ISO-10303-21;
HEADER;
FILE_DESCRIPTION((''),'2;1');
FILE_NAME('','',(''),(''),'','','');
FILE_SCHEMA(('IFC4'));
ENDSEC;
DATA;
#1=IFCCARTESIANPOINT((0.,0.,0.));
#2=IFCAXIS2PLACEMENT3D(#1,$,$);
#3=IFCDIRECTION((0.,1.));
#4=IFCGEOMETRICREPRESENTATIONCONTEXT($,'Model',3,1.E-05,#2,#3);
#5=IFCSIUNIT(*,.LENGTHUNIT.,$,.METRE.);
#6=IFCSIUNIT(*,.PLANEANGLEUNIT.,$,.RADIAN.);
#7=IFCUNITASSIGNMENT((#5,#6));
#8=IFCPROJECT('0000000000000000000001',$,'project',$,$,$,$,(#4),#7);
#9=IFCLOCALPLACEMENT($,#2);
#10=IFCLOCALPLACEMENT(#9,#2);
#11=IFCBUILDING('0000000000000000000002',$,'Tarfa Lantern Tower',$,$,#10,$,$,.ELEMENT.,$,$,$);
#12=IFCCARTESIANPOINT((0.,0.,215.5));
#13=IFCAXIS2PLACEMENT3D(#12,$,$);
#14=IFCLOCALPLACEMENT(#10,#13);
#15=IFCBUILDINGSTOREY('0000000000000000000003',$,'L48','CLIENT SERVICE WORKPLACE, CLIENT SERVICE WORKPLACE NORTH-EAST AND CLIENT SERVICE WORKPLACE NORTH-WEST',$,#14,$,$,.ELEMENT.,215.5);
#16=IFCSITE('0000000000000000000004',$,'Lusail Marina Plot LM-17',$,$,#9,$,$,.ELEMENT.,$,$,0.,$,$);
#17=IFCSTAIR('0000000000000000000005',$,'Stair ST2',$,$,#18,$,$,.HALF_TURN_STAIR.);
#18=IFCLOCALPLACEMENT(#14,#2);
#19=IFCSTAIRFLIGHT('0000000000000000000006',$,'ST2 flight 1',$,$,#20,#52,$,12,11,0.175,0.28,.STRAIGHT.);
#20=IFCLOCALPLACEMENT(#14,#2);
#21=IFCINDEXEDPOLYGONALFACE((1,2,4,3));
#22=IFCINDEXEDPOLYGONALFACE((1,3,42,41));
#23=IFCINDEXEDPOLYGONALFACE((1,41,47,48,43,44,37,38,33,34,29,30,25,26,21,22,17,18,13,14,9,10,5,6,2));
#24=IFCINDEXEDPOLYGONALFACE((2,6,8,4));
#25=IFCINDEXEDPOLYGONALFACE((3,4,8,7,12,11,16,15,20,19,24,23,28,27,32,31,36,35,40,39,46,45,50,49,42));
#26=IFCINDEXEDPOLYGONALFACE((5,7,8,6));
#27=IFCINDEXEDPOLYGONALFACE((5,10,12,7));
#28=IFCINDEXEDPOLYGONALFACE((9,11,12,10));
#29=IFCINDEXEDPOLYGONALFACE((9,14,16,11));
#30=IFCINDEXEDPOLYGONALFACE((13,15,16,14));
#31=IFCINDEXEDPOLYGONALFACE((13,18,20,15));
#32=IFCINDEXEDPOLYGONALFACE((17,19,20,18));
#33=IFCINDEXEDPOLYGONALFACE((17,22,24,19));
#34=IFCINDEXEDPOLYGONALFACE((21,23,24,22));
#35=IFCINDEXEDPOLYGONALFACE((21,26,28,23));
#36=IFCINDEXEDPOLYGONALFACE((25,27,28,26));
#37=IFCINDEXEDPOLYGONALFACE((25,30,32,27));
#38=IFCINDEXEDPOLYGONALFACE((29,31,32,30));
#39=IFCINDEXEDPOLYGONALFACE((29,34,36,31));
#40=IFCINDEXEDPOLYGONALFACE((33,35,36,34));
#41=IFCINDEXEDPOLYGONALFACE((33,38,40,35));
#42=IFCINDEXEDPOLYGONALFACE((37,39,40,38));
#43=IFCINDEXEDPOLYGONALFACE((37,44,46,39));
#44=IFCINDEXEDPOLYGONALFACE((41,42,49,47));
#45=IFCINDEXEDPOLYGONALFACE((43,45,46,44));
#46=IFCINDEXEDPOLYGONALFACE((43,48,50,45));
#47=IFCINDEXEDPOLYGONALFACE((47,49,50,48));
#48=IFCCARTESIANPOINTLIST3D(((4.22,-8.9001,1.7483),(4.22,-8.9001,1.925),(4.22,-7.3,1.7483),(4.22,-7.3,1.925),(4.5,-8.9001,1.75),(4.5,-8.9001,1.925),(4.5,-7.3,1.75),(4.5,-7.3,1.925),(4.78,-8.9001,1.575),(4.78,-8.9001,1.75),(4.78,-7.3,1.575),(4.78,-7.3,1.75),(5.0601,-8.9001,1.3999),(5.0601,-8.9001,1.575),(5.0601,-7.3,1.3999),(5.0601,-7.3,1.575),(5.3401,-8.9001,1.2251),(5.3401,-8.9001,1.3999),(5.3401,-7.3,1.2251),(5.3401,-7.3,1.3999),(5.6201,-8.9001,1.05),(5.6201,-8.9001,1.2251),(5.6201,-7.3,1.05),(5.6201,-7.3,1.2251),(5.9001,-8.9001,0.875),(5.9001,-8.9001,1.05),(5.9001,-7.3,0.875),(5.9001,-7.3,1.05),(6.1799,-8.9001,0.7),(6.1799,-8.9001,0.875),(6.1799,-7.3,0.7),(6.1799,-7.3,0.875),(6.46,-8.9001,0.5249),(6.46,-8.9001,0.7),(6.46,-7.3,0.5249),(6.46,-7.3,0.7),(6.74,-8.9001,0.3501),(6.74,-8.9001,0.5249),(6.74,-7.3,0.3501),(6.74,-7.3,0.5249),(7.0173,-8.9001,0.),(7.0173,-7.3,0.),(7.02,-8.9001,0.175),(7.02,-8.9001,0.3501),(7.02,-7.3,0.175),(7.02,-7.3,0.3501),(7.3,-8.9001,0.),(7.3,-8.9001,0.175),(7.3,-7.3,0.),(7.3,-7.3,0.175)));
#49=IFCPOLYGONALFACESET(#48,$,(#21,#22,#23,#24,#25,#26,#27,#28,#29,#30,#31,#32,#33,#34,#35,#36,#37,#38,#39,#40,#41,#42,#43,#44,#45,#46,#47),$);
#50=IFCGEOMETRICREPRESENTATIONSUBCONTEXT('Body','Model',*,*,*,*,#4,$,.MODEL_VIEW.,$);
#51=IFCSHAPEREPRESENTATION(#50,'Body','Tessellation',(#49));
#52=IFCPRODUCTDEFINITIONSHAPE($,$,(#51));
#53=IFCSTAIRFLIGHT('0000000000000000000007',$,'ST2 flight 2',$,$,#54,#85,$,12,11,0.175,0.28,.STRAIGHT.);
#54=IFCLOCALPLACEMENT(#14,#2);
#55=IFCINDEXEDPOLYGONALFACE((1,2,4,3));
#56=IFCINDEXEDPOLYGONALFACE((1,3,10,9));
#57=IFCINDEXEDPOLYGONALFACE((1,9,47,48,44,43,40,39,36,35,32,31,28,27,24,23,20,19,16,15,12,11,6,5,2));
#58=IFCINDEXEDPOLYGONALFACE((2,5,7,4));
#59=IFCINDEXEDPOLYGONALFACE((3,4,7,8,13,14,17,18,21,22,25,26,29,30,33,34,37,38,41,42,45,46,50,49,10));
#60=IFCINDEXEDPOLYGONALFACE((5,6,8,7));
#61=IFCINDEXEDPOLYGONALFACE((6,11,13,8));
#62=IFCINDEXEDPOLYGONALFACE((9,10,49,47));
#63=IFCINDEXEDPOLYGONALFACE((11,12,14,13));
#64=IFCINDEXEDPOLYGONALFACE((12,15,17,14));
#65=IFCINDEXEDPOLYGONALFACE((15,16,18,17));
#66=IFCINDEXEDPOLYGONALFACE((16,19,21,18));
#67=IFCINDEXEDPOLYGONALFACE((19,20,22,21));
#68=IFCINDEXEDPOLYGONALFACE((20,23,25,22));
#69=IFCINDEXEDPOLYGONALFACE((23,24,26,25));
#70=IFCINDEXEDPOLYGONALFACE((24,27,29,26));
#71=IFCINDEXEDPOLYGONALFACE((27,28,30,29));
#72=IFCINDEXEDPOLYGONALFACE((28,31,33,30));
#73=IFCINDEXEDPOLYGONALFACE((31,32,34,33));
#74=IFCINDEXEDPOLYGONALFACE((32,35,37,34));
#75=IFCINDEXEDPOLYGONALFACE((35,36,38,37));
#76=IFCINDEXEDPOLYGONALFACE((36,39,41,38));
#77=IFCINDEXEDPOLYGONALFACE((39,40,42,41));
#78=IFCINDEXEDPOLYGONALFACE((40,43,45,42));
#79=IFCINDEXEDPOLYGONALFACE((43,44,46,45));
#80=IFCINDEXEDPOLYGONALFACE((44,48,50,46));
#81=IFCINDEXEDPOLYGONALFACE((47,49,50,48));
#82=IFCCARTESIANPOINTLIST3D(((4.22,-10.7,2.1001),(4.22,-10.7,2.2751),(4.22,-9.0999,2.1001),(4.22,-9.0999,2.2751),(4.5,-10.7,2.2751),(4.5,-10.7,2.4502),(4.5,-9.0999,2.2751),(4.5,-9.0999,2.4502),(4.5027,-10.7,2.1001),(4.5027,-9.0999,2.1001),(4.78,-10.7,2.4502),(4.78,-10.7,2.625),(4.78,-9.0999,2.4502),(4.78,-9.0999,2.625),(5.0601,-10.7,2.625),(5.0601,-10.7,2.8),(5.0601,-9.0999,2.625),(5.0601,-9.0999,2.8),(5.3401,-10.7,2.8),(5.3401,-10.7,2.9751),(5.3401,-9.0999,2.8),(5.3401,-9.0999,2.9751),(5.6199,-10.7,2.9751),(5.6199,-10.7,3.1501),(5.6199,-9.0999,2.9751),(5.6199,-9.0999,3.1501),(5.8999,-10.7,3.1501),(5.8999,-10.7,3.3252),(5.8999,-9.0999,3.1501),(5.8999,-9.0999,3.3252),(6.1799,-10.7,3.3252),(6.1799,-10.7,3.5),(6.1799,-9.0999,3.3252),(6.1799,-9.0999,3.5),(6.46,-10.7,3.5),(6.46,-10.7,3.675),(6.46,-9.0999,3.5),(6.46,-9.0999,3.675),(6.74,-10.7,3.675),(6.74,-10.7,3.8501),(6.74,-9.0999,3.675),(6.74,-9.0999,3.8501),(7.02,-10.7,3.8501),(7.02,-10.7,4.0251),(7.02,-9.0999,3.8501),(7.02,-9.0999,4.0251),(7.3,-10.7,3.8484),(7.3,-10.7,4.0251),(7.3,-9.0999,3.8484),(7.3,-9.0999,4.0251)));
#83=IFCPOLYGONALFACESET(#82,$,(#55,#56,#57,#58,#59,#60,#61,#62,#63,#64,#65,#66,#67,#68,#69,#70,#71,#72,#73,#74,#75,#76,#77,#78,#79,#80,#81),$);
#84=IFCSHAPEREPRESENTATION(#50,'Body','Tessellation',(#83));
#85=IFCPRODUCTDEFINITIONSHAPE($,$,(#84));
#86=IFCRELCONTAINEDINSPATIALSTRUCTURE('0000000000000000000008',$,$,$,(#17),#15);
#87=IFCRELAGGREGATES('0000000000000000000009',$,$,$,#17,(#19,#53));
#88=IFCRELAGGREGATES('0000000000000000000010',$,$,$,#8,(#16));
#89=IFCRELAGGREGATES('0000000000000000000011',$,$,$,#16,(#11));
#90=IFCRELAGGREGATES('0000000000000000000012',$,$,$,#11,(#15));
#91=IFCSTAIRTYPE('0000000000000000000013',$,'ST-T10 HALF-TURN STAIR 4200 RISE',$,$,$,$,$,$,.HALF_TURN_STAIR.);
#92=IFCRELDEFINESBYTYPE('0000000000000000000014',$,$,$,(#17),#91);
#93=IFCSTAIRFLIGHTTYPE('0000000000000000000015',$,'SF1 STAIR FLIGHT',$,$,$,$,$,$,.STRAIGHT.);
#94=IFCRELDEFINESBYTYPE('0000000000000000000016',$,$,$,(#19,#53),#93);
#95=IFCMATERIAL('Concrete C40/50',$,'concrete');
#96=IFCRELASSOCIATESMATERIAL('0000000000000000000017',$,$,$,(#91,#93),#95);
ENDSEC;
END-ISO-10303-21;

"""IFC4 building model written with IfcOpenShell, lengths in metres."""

from ifc_helpers import new_model, si_unit, direction, frame, origin, place, context, subcontext, project, spatial, polyline, outline, extrude, material, type_object, element, aggregate, save


model = new_model("IFC4")

# Units and contexts
model_context = context("Model", 3, precision=1e-05, world=origin(), true_north=direction((0.0, 1.0)))
body_context = subcontext(model_context, "Body", "Model", "MODEL_VIEW")
ifc_project = project(units=[si_unit("LENGTHUNIT", "METRE"), si_unit("PLANEANGLEUNIT", "RADIAN")], contexts=[model_context])

# Site, building, storey
site_placement = place(None, origin())
site = spatial("IfcSite", under=ifc_project, at=site_placement, Name="Lusail Marina Plot LM-17", CompositionType="ELEMENT", RefElevation=0.0)
building_placement = place(site_placement, origin())
building = spatial("IfcBuilding", under=site, at=building_placement, Name="Tarfa Lantern Tower", CompositionType="ELEMENT")
storey_placement = place(building_placement, frame((0.0, 0.0, 215.5)))
storey = spatial("IfcBuildingStorey", under=building, at=storey_placement, Name="L48", Description="CLIENT SERVICE WORKPLACE, CLIENT SERVICE WORKPLACE NORTH-EAST AND CLIENT SERVICE WORKPLACE NORTH-WEST", CompositionType="ELEMENT", Elevation=215.5)

# Stair, stair flights
ifc_material_1 = material(Name="Concrete C40/50", Category="concrete")
stair_type = type_object("IfcStairType", Name="ST-T10 HALF-TURN STAIR 4200 RISE", PredefinedType="HALF_TURN_STAIR", material=ifc_material_1)
stair_placement = place(storey_placement, origin())
stair = element("IfcStair", 1, at=stair_placement, inside=storey, type_object=stair_type, Name="Stair ST2", PredefinedType="HALF_TURN_STAIR")
stair_flight_type = type_object("IfcStairFlightType", Name="SF1 STAIR FLIGHT", PredefinedType="STRAIGHT", material=ifc_material_1)
stair_flight_1_placement = place(storey_placement, frame((7.3, -8.1001, 0.0), z_axis=(0.0, 0.0, 1.0), x_axis=(-1.0, 0.0, 0.0)))
stair_flight_1 = element("IfcStairFlight", 2, at=stair_flight_1_placement, type_object=stair_flight_type, Name="ST2 flight 1", NumberOfRisers=12, NumberOfTreads=11, PredefinedType="STRAIGHT", RiserHeight=0.175, TreadLength=0.28, context=body_context, shape_type="SweptSolid", body=[
    extrude(outline(polyline([(0.0, 0.0), (0.0, 0.175), (0.28, 0.175), (0.28, 0.3501), (0.5601, 0.3501), (0.5601, 0.5249), (0.8401, 0.5249), (0.8401, 0.7), (1.1201, 0.7), (1.1201, 0.875), (1.3999, 0.875), (1.3999, 1.05), (1.6799, 1.05), (1.6799, 1.2251), (1.96, 1.2251), (1.96, 1.3999), (2.24, 1.3999), (2.24, 1.575), (2.52, 1.575), (2.52, 1.75), (2.8, 1.75), (2.8, 1.925), (3.0801, 1.925), (3.0801, 2.1001), (3.0801, 1.7483), (0.2827, 0.0), (0.0, 0.0)])), frame((0.0, 0.8, 0.0), z_axis=(0.0, -1.0, 0.0), x_axis=(1.0, 0.0, 0.0)), (0.0, 0.0, 1.0), 1.6001),
])
stair_flight_2_placement = place(storey_placement, frame((4.22, -9.8999, 2.1001), z_axis=(0.0, 0.0, 1.0), x_axis=(1.0, 0.0, 0.0)))
stair_flight_2 = element("IfcStairFlight", 3, at=stair_flight_2_placement, type_object=stair_flight_type, Name="ST2 flight 2", NumberOfRisers=12, NumberOfTreads=11, PredefinedType="STRAIGHT", RiserHeight=0.175, TreadLength=0.28, context=body_context, shape_type="SweptSolid", body=[
    extrude(outline(polyline([(0.0, 0.0), (0.0, 0.175), (0.28, 0.175), (0.28, 0.3501), (0.5601, 0.3501), (0.5601, 0.5249), (0.8401, 0.5249), (0.8401, 0.7), (1.1201, 0.7), (1.1201, 0.875), (1.3999, 0.875), (1.3999, 1.05), (1.6799, 1.05), (1.6799, 1.2251), (1.96, 1.2251), (1.96, 1.3999), (2.24, 1.3999), (2.24, 1.575), (2.52, 1.575), (2.52, 1.75), (2.8, 1.75), (2.8, 1.925), (3.0801, 1.925), (3.0801, 2.1001), (3.0801, 1.7483), (0.2827, 0.0), (0.0, 0.0)])), frame((0.0, 0.8, 0.0), z_axis=(0.0, -1.0, 0.0), x_axis=(1.0, 0.0, 0.0)), (0.0, 0.0, 1.0), 1.6001),
])
aggregate(stair, [stair_flight_1, stair_flight_2])

save(model, "model.ifc")
